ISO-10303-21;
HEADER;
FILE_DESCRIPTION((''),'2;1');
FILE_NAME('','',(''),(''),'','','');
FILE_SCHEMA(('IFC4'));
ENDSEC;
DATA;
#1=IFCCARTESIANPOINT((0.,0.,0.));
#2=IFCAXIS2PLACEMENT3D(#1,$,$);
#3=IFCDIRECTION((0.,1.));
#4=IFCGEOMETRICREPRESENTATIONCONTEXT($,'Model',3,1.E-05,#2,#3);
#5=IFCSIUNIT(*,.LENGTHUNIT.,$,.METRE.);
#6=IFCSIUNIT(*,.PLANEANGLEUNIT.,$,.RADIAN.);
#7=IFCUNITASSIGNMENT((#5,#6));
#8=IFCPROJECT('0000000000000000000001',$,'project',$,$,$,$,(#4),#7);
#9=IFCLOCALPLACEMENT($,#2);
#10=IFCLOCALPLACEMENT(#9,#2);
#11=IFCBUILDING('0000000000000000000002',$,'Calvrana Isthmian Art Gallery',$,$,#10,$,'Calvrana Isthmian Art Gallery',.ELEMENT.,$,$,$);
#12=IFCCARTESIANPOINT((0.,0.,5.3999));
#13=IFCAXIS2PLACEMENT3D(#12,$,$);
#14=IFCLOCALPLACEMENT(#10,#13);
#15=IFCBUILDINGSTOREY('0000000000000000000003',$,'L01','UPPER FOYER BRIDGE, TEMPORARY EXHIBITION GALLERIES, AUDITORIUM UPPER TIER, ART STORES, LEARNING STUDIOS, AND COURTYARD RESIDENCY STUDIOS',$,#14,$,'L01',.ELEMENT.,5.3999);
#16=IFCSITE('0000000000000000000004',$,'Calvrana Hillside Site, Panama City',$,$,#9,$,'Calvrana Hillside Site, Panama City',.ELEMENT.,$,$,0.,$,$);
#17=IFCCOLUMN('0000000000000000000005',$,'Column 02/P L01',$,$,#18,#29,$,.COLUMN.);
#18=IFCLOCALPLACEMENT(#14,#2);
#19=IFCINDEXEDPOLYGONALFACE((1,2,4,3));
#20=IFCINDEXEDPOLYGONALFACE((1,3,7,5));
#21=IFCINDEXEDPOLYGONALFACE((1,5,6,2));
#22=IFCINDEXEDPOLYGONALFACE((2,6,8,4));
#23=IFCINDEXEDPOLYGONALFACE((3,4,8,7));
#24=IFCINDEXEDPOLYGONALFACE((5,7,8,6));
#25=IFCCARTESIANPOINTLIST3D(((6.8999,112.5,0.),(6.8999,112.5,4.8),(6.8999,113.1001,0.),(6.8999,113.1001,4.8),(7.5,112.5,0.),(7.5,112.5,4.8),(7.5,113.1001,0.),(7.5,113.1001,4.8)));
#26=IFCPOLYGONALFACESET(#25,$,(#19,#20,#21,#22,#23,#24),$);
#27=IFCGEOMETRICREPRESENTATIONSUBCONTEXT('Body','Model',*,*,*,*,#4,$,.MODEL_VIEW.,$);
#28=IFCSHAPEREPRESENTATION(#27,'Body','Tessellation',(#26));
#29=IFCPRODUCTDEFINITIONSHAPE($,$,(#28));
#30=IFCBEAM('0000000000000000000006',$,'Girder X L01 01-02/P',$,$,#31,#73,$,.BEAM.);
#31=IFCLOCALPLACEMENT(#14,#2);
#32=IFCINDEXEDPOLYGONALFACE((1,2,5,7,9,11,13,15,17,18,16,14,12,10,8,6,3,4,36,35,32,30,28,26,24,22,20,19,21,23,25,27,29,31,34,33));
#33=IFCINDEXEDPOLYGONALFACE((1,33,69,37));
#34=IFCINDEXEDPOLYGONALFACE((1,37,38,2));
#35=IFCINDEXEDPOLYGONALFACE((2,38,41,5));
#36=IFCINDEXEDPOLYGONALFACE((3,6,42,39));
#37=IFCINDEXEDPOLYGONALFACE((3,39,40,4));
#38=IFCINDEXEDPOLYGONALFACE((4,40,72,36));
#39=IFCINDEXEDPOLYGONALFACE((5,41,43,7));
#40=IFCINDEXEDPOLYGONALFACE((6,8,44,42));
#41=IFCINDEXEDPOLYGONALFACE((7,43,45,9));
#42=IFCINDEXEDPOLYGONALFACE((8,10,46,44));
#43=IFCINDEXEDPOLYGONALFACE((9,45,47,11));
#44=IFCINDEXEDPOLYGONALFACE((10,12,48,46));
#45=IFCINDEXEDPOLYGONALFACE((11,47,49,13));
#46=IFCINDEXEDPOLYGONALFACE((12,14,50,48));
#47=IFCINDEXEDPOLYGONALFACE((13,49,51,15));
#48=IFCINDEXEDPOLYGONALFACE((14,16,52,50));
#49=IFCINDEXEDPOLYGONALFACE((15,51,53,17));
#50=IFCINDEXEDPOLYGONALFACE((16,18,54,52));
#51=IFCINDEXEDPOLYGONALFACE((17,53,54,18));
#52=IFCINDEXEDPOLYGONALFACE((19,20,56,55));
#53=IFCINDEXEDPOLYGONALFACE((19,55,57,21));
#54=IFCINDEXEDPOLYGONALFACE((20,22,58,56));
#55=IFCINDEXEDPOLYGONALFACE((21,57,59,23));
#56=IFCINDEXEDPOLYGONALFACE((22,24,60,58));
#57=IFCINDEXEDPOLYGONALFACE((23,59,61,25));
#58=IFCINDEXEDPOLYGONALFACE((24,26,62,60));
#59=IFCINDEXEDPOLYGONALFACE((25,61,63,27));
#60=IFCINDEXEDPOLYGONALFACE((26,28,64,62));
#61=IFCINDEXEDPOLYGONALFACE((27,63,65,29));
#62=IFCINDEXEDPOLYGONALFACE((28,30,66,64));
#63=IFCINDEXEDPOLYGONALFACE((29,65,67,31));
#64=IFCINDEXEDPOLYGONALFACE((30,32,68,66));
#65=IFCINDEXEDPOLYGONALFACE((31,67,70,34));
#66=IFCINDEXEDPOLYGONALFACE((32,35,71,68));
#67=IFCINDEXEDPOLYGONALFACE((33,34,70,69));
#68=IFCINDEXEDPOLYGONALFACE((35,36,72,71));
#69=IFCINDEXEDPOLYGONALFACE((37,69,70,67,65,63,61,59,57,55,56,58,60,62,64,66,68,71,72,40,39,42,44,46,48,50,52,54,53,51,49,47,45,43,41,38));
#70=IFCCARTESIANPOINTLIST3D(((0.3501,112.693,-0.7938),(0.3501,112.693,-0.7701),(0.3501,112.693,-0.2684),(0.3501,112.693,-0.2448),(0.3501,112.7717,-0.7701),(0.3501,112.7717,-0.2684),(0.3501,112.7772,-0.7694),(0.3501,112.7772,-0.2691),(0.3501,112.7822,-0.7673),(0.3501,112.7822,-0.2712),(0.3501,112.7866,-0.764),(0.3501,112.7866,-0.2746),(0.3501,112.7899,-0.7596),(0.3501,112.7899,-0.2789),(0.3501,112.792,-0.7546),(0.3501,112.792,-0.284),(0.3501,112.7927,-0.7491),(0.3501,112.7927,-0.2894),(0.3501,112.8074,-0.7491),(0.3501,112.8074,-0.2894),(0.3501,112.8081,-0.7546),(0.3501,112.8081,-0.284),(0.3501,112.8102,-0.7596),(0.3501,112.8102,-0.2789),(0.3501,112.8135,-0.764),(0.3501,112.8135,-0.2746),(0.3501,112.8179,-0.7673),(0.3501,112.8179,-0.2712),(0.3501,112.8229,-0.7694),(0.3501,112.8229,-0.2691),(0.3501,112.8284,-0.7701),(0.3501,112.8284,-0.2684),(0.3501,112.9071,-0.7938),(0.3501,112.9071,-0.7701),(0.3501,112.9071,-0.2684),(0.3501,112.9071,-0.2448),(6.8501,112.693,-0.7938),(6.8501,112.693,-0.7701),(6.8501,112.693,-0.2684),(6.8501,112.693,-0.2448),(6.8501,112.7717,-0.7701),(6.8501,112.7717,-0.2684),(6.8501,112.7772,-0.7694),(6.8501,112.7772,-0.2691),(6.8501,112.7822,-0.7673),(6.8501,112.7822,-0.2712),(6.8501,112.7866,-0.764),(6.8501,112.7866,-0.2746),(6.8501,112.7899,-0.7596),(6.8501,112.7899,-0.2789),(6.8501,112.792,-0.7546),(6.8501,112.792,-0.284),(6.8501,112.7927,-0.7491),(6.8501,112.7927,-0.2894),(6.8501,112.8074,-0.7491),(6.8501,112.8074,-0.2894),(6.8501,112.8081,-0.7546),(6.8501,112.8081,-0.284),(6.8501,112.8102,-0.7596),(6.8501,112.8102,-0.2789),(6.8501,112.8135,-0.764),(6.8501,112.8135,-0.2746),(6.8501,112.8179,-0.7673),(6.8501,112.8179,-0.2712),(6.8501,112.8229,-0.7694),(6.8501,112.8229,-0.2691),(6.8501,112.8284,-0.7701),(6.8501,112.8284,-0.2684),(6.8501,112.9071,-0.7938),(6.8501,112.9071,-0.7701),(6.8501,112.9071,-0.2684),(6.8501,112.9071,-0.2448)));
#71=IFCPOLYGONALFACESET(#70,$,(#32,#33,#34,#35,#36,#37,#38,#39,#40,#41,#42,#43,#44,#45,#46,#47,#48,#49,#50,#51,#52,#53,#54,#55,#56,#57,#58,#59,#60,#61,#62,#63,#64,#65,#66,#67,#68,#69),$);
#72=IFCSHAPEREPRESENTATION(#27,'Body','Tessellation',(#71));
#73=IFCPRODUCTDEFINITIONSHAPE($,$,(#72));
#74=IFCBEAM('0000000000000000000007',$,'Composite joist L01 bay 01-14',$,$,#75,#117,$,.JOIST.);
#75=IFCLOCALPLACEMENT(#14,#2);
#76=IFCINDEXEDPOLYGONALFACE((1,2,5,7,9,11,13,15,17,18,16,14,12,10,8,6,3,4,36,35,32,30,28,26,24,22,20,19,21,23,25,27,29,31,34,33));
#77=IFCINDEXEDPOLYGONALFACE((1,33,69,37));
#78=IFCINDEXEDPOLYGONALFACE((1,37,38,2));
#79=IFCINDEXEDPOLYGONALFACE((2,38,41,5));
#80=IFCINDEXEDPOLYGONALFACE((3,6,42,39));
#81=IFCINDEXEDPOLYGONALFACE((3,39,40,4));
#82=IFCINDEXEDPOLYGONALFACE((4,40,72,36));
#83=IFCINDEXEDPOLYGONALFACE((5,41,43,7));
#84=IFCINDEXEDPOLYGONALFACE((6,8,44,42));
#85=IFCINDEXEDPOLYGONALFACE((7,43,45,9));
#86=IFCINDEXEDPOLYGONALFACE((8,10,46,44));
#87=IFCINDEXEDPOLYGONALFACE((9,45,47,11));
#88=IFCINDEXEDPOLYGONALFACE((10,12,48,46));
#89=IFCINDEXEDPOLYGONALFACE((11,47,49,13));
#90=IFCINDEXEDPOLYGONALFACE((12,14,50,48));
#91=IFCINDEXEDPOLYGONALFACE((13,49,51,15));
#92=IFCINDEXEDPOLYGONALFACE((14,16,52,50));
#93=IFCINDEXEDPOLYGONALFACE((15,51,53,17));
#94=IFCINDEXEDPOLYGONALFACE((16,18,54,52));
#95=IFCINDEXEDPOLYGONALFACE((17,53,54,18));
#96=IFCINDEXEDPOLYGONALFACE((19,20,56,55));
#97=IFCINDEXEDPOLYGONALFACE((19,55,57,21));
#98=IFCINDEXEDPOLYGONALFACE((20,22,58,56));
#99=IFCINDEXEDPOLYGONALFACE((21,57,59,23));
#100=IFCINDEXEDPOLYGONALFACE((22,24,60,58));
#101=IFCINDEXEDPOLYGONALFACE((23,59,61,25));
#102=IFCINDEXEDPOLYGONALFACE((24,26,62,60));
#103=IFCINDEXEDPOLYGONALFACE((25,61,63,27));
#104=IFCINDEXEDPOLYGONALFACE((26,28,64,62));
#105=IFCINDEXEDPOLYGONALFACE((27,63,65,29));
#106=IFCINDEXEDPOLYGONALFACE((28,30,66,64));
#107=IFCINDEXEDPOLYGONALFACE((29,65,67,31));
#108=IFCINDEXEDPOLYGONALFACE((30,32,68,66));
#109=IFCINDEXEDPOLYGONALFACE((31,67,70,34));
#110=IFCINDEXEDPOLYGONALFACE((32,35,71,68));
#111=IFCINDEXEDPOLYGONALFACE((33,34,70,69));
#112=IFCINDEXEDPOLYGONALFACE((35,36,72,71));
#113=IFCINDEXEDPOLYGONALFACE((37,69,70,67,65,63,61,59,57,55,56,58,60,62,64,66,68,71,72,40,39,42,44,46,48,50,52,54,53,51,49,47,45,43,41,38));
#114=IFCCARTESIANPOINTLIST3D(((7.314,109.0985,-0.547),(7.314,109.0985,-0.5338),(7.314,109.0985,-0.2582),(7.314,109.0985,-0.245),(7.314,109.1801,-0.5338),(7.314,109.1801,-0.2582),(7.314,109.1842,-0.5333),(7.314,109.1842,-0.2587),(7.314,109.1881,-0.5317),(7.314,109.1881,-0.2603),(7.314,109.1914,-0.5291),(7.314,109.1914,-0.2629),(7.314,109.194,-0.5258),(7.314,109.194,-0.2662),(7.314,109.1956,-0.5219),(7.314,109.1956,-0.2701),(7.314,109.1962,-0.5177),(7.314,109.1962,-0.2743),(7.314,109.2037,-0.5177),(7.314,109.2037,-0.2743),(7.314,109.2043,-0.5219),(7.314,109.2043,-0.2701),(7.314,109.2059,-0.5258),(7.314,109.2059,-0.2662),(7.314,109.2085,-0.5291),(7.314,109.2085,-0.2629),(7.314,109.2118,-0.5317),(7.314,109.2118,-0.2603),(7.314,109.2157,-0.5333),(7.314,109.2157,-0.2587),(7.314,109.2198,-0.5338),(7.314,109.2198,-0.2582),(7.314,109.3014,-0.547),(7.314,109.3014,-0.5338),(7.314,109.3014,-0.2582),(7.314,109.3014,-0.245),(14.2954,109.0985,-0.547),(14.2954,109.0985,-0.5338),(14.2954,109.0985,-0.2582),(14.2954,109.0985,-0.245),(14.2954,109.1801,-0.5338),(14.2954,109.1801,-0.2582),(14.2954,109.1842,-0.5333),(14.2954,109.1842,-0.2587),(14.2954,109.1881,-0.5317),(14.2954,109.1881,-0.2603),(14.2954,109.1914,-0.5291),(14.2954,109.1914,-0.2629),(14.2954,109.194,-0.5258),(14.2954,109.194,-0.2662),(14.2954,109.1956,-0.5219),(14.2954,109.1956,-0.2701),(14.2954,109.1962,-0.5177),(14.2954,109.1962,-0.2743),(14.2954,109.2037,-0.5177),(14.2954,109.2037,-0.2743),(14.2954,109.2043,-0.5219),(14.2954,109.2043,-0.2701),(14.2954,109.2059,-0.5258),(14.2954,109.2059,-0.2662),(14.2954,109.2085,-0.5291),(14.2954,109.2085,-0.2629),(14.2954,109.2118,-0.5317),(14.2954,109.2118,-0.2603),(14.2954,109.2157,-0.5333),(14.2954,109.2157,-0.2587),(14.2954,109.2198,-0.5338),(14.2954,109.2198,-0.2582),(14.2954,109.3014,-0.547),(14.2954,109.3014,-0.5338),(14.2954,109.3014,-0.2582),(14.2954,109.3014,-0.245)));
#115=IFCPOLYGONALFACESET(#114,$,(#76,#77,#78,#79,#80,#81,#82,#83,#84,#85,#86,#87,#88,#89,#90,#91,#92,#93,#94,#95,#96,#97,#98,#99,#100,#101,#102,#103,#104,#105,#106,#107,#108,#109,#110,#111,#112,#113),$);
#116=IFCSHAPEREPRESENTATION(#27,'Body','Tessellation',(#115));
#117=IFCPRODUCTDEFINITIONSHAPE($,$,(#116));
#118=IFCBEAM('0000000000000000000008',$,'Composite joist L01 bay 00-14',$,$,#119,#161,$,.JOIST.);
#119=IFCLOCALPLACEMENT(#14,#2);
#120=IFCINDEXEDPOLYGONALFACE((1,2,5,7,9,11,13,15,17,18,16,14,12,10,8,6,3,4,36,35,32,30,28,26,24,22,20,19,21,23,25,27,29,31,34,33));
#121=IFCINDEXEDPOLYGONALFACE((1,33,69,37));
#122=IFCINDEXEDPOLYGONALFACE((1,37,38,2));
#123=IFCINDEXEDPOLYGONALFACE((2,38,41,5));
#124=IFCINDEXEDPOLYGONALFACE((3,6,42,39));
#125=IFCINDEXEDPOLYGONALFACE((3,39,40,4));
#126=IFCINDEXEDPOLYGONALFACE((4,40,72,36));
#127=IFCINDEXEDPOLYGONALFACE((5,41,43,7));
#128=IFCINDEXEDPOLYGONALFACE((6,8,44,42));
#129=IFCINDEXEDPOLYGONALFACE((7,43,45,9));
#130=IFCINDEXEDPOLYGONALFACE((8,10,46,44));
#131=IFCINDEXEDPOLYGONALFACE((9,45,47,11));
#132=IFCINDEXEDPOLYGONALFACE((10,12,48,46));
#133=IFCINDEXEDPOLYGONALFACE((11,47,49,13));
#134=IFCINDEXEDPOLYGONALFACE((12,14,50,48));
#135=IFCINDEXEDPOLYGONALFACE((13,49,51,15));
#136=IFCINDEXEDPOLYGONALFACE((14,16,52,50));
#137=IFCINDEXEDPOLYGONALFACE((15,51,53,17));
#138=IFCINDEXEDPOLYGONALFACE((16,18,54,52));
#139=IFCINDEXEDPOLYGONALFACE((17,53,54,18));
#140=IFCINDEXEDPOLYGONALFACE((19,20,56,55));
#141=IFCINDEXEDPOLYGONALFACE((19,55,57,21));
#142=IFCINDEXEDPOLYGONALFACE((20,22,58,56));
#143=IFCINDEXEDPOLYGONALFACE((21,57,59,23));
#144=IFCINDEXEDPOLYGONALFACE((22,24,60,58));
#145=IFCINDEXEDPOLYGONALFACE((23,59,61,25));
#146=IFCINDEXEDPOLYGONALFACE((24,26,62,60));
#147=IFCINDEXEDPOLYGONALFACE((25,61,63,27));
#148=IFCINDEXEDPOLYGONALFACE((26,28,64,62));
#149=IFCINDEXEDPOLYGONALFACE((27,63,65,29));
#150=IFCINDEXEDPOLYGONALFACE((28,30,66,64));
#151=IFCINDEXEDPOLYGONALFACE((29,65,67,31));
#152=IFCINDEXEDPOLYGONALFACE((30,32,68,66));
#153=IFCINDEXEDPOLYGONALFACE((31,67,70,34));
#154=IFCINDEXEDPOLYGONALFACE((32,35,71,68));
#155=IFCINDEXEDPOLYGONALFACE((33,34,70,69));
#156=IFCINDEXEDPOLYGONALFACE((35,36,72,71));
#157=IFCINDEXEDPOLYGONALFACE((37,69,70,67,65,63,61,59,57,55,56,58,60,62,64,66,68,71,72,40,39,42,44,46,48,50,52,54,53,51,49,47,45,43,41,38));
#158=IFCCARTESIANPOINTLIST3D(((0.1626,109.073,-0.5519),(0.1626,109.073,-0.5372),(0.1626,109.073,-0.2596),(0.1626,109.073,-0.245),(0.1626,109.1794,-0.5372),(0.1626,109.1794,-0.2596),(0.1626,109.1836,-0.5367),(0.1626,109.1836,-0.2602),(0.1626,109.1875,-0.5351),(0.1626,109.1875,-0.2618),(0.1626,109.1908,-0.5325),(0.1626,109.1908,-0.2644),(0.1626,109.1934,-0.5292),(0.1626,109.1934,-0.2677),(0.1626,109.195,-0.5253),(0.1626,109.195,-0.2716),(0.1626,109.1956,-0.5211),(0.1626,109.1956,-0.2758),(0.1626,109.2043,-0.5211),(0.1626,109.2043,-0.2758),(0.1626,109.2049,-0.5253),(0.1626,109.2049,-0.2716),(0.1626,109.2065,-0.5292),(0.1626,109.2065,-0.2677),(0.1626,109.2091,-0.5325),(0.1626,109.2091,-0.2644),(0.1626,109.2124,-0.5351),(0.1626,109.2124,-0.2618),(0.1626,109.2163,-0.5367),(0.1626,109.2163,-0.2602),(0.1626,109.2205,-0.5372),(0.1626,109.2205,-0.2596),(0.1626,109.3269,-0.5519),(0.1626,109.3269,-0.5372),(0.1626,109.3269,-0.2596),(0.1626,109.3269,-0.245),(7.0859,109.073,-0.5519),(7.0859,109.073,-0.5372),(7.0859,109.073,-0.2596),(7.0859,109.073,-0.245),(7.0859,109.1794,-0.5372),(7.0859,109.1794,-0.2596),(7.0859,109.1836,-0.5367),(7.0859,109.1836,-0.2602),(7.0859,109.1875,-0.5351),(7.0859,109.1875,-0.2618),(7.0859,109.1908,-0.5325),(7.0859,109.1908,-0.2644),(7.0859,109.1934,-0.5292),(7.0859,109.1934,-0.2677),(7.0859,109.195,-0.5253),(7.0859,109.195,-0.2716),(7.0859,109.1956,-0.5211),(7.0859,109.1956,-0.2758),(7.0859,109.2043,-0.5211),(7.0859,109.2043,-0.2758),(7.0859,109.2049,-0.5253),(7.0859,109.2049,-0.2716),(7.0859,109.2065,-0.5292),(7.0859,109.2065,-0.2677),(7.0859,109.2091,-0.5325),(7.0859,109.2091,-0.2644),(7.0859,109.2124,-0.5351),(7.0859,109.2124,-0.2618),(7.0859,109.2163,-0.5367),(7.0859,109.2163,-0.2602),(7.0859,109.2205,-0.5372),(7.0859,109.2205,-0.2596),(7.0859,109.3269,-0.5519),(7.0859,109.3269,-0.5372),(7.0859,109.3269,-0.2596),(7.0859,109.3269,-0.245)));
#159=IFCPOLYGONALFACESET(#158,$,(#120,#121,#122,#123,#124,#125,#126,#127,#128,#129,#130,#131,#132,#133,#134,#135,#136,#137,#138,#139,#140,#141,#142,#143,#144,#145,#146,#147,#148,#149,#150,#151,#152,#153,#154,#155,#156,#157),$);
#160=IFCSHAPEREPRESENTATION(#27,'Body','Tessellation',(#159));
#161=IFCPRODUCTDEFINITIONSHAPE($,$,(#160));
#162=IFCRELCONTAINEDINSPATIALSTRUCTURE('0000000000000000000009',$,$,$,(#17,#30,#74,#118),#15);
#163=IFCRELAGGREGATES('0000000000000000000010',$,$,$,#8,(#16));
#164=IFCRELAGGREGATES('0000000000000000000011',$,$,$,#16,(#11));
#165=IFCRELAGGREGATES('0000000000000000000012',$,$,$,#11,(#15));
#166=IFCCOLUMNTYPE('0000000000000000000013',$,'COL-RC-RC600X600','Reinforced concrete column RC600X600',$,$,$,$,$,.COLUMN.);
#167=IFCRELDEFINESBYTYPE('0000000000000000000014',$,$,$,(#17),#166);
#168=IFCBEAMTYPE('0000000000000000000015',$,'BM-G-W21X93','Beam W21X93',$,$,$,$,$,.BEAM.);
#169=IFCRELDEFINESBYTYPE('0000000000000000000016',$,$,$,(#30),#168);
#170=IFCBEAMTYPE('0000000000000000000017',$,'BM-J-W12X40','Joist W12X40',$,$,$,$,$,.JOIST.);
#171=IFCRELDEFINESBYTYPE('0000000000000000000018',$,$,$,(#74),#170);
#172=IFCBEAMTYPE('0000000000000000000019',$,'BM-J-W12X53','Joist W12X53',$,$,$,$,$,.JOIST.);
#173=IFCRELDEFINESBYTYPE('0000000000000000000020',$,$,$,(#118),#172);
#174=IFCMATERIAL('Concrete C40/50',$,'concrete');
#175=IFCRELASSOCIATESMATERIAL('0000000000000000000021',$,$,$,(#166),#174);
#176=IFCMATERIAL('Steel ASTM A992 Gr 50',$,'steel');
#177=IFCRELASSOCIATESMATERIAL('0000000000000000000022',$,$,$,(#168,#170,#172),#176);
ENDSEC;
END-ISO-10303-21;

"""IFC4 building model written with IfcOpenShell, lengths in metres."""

from ifc_helpers import new_model, si_unit, direction, frame, origin, origin_2d, place, context, subcontext, project, spatial, rectangle, i_section, extrude, material, material_profile, profile_set, type_object, element, save


model = new_model("IFC4")

# Units and contexts
model_context = context("Model", 3, precision=1e-05, world=origin(), true_north=direction((0.0, 1.0)))
body_context = subcontext(model_context, "Body", "Model", "MODEL_VIEW")
ifc_project = project(units=[si_unit("LENGTHUNIT", "METRE"), si_unit("PLANEANGLEUNIT", "RADIAN")], contexts=[model_context])

# Site, building, storey
site_placement = place(None, origin())
site = spatial("IfcSite", under=ifc_project, at=site_placement, Name="Calvrana Hillside Site, Panama City", LongName="Calvrana Hillside Site, Panama City", CompositionType="ELEMENT", RefElevation=0.0)
building_placement = place(site_placement, origin())
building = spatial("IfcBuilding", under=site, at=building_placement, Name="Calvrana Isthmian Art Gallery", LongName="Calvrana Isthmian Art Gallery", CompositionType="ELEMENT")
storey_placement = place(building_placement, frame((0.0, 0.0, 5.3999)))
storey = spatial("IfcBuildingStorey", under=building, at=storey_placement, Name="L01", Description="UPPER FOYER BRIDGE, TEMPORARY EXHIBITION GALLERIES, AUDITORIUM UPPER TIER, ART STORES, LEARNING STUDIOS, AND COURTYARD RESIDENCY STUDIOS", LongName="L01", CompositionType="ELEMENT", Elevation=5.3999)

# Column
ifc_material_1 = material(Name="Concrete C40/50", Category="concrete")
ifc_material_profile_1 = material_profile(ifc_material_1, rectangle(XDim=0.6001, YDim=0.6001, at=origin_2d()), Name="RC600X600")
ifc_profile_set_1 = profile_set([ifc_material_profile_1], Name="Concrete C40/50")
column_type = type_object("IfcColumnType", Name="COL-RC-RC600X600", Description="Reinforced concrete column RC600X600", PredefinedType="COLUMN", material=ifc_profile_set_1)
column_placement = place(storey_placement, frame((7.2, 112.8, 0.0), z_axis=(0.0, 0.0, 1.0), x_axis=(1.0, 0.0, 0.0)))
element("IfcColumn", 1, at=column_placement, inside=storey, type_object=column_type, Name="Column 02/P L01", PredefinedType="COLUMN", context=body_context, shape_type="SweptSolid", body=[
    extrude(rectangle(XDim=0.6001, YDim=0.6001, at=origin_2d()), origin(), (0.0, 0.0, 1.0), 4.8),
])

# Beams
ifc_material_2 = material(Name="Steel ASTM A992 Gr 50", Category="steel")
ifc_material_profile_2 = material_profile(ifc_material_2, i_section(OverallWidth=0.2141, OverallDepth=0.5491, WebThickness=0.0146, FlangeThickness=0.0237, FilletRadius=0.021, at=origin_2d()), Name="W21X93")
ifc_profile_set_2 = profile_set([ifc_material_profile_2], Name="Steel ASTM A992 Gr 50")
beam_type_1 = type_object("IfcBeamType", Name="BM-G-W21X93", Description="Beam W21X93", PredefinedType="BEAM", material=ifc_profile_set_2)
beam_1_placement = place(storey_placement, frame((0.3501, 112.8, -0.5193), z_axis=(1.0, 0.0, 0.0), x_axis=(0.0, 1.0, 0.0)))
element("IfcBeam", 2, at=beam_1_placement, inside=storey, type_object=beam_type_1, Name="Girder X L01 01-02/P", PredefinedType="BEAM", context=body_context, shape_type="SweptSolid", body=[
    extrude(i_section(OverallWidth=0.2141, OverallDepth=0.5491, WebThickness=0.0146, FlangeThickness=0.0237, FilletRadius=0.021, at=origin_2d()), origin(), (0.0, 0.0, 1.0), 6.5),
])
ifc_material_profile_3 = material_profile(ifc_material_2, i_section(OverallWidth=0.2029, OverallDepth=0.302, WebThickness=0.0076, FlangeThickness=0.0132, FilletRadius=0.0161, at=origin_2d()), Name="W12X40")
ifc_profile_set_3 = profile_set([ifc_material_profile_3], Name="Steel ASTM A992 Gr 50")
beam_type_2 = type_object("IfcBeamType", Name="BM-J-W12X40", Description="Joist W12X40", PredefinedType="JOIST", material=ifc_profile_set_3)
beam_2_placement = place(storey_placement, frame((7.314, 109.2, -0.396), z_axis=(1.0, 0.0, 0.0), x_axis=(0.0, 1.0, 0.0)))
element("IfcBeam", 3, at=beam_2_placement, inside=storey, type_object=beam_type_2, Name="Composite joist L01 bay 01-14", PredefinedType="JOIST", context=body_context, shape_type="SweptSolid", body=[
    extrude(i_section(OverallWidth=0.2029, OverallDepth=0.302, WebThickness=0.0076, FlangeThickness=0.0132, FilletRadius=0.0161, at=origin_2d()), origin(), (0.0, 0.0, 1.0), 6.9814),
])
ifc_material_profile_4 = material_profile(ifc_material_2, i_section(OverallWidth=0.2539, OverallDepth=0.3069, WebThickness=0.0088, FlangeThickness=0.0146, FilletRadius=0.0161, at=origin_2d()), Name="W12X53")
ifc_profile_set_4 = profile_set([ifc_material_profile_4], Name="Steel ASTM A992 Gr 50")
beam_type_3 = type_object("IfcBeamType", Name="BM-J-W12X53", Description="Joist W12X53", PredefinedType="JOIST", material=ifc_profile_set_4)
beam_3_placement = place(storey_placement, frame((0.1626, 109.2, -0.3984), z_axis=(1.0, 0.0, 0.0), x_axis=(0.0, 1.0, 0.0)))
element("IfcBeam", 4, at=beam_3_placement, inside=storey, type_object=beam_type_3, Name="Composite joist L01 bay 00-14", PredefinedType="JOIST", context=body_context, shape_type="SweptSolid", body=[
    extrude(i_section(OverallWidth=0.2539, OverallDepth=0.3069, WebThickness=0.0088, FlangeThickness=0.0146, FilletRadius=0.0161, at=origin_2d()), origin(), (0.0, 0.0, 1.0), 6.9233),
])

save(model, "model.ifc")
